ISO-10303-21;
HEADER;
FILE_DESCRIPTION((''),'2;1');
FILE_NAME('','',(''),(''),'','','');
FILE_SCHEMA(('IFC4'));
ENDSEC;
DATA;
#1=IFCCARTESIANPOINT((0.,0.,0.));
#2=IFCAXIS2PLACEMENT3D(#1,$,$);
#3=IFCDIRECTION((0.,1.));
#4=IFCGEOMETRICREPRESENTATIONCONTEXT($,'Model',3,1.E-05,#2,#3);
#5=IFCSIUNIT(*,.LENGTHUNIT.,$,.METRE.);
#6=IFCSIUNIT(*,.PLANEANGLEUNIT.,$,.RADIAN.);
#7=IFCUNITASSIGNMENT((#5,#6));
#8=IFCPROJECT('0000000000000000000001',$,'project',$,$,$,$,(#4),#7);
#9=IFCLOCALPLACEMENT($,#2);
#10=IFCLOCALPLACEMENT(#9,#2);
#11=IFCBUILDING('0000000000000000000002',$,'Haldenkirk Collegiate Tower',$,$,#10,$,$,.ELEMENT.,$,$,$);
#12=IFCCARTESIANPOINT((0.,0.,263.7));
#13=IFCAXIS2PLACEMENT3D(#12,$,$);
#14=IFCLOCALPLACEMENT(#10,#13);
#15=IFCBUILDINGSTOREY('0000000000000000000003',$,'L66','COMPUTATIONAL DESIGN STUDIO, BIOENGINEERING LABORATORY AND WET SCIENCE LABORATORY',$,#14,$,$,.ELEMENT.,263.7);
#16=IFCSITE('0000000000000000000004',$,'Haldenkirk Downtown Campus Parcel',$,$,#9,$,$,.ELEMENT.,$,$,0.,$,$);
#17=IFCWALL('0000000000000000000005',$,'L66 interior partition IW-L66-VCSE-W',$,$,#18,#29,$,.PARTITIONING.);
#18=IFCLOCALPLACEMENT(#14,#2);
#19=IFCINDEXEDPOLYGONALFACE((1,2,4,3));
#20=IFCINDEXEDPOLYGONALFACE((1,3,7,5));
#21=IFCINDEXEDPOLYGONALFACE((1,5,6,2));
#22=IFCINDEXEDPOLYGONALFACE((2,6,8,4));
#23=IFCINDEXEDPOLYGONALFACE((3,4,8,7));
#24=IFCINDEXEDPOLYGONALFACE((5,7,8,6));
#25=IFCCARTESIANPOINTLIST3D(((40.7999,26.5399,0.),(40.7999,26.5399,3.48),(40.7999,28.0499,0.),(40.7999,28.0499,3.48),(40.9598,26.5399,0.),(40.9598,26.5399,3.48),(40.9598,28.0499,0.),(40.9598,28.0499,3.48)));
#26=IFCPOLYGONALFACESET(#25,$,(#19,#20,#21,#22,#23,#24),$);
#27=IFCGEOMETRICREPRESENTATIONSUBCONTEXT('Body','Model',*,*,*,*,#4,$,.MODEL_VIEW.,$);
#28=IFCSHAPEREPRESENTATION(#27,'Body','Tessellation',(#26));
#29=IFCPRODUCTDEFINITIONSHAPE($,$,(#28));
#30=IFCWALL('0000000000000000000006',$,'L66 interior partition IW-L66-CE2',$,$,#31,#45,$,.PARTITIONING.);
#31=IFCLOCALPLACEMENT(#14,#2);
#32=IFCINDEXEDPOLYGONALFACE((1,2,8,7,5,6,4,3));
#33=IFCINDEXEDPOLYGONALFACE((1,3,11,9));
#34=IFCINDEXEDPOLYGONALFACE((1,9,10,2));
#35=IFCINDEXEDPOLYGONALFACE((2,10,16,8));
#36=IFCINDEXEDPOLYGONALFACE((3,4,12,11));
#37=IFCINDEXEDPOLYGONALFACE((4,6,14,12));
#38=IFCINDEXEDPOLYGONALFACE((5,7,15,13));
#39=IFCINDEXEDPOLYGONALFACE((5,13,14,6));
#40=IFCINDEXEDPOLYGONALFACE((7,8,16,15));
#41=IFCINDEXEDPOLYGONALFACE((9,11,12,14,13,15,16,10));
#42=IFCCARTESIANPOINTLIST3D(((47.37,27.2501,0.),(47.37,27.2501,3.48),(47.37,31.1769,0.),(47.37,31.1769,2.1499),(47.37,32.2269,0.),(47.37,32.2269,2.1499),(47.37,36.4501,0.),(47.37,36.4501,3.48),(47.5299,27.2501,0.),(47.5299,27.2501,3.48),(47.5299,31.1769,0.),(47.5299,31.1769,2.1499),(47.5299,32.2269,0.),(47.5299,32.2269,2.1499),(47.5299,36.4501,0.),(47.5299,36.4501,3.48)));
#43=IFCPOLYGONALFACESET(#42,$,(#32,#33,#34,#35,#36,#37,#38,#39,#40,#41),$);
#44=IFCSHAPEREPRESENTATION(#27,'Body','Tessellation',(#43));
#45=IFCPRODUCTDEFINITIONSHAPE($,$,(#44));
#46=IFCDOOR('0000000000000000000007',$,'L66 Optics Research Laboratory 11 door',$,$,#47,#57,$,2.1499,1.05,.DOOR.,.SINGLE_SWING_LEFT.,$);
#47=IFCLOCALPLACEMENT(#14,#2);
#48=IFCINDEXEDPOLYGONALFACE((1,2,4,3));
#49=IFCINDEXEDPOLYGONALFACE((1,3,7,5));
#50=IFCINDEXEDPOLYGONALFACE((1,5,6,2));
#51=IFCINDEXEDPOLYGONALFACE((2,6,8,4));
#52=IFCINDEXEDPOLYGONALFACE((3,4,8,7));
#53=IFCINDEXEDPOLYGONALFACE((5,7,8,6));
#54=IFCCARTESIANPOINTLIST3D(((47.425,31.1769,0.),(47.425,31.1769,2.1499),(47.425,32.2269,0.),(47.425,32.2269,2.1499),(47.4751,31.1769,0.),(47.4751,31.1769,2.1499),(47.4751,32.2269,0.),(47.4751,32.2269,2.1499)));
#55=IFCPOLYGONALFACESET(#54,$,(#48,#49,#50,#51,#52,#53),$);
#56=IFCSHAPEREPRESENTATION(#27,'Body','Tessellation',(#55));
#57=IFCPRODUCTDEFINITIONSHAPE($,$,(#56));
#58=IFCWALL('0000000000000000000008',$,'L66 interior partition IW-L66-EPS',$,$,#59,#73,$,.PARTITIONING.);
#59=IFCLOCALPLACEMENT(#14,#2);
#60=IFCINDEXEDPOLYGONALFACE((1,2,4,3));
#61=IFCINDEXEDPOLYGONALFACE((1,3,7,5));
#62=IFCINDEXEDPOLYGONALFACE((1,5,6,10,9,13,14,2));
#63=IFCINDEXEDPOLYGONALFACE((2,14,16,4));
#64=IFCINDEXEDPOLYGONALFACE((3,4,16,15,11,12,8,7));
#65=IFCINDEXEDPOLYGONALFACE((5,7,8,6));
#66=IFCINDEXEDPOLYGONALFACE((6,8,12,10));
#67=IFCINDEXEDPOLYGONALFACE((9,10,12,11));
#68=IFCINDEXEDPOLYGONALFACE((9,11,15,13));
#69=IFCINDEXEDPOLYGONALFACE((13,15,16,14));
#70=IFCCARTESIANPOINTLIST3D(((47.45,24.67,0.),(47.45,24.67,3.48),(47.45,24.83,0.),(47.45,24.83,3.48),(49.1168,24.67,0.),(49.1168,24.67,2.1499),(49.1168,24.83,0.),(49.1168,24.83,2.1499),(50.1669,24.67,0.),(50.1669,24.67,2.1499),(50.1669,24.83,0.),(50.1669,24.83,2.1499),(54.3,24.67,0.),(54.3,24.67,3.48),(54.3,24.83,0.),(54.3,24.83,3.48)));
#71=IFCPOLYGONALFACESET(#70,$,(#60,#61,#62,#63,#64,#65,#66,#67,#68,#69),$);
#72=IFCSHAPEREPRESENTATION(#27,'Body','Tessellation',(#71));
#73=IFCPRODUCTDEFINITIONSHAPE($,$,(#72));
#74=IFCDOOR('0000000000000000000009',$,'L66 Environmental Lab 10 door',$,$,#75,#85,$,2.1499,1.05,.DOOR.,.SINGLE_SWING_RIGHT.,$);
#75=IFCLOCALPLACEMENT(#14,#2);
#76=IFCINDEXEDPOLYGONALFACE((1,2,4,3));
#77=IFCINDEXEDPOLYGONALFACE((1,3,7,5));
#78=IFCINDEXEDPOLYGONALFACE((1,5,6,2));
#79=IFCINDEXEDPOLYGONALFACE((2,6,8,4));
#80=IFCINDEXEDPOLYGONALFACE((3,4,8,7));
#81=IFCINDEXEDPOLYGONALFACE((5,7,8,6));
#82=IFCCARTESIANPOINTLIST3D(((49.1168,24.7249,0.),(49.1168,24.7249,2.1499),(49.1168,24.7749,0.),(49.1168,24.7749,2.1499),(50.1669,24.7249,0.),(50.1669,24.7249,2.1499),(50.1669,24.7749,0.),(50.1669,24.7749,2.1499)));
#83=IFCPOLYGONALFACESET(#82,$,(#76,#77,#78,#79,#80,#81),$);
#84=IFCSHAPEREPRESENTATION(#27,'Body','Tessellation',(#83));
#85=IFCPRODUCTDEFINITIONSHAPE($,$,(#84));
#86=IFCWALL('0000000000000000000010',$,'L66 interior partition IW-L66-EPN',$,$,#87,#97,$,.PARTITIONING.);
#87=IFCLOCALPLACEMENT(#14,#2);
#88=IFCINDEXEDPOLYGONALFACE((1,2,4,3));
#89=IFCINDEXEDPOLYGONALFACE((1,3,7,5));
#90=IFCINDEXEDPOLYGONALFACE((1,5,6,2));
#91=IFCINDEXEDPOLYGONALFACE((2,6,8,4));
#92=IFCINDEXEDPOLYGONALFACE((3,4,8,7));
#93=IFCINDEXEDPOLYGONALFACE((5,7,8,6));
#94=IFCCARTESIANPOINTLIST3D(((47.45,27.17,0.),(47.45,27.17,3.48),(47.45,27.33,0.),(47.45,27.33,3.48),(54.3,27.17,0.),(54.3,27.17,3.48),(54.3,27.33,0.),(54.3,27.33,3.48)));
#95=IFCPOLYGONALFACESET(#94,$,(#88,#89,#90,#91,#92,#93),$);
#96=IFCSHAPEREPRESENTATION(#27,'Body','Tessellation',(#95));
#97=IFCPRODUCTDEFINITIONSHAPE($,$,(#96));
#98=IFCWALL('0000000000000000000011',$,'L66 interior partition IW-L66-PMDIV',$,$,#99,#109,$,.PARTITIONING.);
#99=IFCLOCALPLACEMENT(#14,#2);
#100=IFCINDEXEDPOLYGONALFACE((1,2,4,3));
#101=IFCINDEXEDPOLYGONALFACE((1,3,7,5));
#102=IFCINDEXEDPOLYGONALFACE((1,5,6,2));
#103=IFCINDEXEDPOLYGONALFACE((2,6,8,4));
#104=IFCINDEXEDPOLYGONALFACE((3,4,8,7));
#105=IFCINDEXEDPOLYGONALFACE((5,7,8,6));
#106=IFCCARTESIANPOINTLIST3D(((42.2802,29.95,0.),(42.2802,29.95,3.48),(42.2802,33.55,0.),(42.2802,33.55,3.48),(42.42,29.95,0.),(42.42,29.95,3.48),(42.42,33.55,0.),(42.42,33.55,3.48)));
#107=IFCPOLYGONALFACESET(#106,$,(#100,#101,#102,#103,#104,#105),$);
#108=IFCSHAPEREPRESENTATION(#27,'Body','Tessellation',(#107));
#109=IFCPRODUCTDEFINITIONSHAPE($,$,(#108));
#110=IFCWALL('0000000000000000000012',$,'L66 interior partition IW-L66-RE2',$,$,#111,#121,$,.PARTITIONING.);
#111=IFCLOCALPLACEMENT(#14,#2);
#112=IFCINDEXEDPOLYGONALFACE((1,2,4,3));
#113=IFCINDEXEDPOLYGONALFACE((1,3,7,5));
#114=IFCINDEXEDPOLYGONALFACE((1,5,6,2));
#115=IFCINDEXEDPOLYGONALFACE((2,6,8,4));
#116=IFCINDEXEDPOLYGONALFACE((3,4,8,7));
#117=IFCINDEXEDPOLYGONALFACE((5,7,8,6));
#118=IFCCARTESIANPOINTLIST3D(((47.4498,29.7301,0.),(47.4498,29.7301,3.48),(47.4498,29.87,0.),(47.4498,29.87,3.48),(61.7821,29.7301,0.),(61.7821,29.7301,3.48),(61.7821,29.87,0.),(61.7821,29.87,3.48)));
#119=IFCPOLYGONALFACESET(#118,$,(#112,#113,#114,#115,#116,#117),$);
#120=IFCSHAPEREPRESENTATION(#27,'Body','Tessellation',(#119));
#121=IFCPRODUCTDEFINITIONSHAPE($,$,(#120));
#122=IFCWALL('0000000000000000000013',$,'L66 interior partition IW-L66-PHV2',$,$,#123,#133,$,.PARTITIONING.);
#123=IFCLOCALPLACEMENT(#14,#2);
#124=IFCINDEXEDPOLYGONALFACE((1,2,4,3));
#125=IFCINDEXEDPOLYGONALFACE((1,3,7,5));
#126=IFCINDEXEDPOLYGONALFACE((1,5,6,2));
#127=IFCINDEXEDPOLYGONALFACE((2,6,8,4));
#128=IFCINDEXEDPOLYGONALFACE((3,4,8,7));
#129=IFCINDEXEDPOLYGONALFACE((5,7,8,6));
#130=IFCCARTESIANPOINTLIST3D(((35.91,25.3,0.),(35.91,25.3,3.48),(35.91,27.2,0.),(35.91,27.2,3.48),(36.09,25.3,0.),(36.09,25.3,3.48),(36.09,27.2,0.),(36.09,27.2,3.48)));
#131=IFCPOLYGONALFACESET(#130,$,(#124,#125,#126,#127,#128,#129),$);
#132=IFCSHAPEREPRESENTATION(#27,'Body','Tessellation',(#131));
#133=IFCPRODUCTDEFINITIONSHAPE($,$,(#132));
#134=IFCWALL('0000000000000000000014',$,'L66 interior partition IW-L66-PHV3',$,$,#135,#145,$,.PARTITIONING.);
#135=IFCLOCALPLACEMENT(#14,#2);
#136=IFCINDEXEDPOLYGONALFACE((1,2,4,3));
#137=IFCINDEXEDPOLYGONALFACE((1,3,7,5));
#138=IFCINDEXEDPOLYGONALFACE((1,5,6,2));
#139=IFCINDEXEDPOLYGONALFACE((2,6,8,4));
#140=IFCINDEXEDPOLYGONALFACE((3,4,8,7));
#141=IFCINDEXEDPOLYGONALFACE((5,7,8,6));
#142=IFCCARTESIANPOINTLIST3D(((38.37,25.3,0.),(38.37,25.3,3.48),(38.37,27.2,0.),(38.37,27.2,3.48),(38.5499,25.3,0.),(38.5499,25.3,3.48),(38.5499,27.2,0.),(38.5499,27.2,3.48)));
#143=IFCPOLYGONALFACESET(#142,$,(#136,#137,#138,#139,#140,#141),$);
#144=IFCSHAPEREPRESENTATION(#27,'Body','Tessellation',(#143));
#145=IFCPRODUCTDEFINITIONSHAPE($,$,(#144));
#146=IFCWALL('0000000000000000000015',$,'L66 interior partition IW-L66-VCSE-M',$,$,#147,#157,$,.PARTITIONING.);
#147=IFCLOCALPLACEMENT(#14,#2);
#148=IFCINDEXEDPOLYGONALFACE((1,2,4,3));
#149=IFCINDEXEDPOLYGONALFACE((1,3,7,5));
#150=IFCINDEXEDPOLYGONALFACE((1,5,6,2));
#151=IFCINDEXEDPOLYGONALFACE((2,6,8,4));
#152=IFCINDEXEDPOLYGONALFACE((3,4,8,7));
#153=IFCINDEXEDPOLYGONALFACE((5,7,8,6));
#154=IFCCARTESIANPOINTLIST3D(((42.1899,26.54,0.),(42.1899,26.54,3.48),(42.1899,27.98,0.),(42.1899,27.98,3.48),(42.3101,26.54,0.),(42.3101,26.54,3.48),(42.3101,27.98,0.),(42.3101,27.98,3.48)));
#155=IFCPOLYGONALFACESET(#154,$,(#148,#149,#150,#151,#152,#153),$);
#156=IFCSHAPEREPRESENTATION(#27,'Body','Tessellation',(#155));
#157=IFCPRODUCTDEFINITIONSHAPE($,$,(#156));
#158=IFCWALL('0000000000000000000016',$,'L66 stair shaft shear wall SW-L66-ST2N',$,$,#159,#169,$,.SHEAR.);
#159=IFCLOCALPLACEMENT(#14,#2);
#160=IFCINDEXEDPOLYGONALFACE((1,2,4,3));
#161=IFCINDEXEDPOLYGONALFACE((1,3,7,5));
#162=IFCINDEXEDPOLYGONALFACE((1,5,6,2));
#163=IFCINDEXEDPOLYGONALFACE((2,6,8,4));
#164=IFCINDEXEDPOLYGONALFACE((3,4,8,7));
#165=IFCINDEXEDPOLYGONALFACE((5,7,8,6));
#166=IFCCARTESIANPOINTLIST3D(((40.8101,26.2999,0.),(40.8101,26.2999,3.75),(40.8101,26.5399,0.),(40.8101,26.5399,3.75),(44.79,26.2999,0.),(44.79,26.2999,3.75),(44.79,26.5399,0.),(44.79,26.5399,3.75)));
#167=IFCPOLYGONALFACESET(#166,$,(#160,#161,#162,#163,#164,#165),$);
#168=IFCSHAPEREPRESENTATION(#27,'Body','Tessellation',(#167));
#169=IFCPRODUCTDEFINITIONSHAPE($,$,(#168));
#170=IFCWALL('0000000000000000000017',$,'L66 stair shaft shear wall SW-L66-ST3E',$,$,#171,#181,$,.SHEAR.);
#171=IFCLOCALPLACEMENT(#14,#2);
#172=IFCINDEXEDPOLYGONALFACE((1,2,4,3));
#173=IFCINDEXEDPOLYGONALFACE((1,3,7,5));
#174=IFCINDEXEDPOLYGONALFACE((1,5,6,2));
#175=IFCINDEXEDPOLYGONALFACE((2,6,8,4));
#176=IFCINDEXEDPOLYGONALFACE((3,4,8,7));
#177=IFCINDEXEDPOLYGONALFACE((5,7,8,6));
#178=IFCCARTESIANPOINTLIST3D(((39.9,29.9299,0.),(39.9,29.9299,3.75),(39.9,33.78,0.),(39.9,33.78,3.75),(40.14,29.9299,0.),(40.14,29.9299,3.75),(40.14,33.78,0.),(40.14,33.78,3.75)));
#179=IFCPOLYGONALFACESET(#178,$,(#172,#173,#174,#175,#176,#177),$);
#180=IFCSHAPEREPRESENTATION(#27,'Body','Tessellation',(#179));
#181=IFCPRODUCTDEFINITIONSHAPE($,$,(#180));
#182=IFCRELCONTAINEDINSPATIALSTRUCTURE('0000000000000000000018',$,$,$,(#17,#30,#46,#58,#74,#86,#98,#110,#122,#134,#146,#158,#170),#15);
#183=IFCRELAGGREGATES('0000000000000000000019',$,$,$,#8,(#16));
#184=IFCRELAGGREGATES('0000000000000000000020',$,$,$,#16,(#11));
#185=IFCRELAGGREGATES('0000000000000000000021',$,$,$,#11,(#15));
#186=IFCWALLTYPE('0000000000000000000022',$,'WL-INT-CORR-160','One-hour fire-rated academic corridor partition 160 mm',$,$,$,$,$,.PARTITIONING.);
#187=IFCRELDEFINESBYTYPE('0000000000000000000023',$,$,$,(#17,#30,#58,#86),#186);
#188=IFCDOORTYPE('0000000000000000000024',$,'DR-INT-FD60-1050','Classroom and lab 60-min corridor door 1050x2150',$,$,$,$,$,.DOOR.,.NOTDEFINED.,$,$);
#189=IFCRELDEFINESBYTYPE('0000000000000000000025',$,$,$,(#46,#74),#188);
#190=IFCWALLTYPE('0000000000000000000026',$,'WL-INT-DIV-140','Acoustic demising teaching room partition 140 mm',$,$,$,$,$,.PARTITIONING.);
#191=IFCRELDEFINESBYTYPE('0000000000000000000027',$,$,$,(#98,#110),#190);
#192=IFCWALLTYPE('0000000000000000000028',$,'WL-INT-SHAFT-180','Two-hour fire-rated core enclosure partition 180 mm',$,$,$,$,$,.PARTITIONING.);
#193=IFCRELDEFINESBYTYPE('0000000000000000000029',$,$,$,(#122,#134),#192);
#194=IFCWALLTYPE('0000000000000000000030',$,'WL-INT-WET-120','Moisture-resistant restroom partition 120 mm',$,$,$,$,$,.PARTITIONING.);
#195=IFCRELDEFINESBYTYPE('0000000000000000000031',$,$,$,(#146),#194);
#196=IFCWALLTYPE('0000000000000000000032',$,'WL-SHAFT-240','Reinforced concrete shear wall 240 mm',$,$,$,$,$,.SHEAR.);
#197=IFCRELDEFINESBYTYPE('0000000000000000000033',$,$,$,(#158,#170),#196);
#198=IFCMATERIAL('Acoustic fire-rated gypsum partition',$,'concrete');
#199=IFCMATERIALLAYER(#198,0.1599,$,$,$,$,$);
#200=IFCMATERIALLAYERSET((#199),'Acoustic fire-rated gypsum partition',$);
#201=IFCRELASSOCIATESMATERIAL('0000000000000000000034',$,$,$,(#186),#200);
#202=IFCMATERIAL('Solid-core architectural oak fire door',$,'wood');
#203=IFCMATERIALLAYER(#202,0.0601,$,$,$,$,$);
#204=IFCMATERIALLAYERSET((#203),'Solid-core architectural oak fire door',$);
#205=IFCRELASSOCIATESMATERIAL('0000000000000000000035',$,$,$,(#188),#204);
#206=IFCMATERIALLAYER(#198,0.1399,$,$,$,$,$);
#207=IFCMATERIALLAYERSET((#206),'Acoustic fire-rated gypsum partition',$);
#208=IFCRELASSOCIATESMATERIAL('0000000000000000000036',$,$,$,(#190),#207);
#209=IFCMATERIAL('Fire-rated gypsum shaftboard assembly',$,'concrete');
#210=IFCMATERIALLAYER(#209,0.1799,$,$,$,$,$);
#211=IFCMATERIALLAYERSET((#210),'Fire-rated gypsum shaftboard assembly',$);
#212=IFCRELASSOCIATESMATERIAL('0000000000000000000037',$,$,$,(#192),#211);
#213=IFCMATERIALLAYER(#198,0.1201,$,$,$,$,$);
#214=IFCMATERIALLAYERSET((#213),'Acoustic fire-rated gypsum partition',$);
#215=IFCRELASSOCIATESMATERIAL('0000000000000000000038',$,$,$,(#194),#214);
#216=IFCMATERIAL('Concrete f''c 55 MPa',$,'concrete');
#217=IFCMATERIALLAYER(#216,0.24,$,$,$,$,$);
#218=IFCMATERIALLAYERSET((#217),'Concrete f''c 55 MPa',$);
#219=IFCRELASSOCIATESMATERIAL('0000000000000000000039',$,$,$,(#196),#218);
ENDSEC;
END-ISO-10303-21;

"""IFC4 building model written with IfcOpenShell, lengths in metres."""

from ifc_helpers import new_model, si_unit, direction, frame, frame_2d, origin, place, context, subcontext, project, spatial, rectangle, extrude, material, layer, layer_set, type_object, element, fill, save


model = new_model("IFC4")

# Units and contexts
model_context = context("Model", 3, precision=1e-05, world=origin(), true_north=direction((0.0, 1.0)))
body_context = subcontext(model_context, "Body", "Model", "MODEL_VIEW")
ifc_project = project(units=[si_unit("LENGTHUNIT", "METRE"), si_unit("PLANEANGLEUNIT", "RADIAN")], contexts=[model_context])

# Site, building, storey
site_placement = place(None, origin())
site = spatial("IfcSite", under=ifc_project, at=site_placement, Name="Haldenkirk Downtown Campus Parcel", CompositionType="ELEMENT", RefElevation=0.0)
building_placement = place(site_placement, origin())
building = spatial("IfcBuilding", under=site, at=building_placement, Name="Haldenkirk Collegiate Tower", CompositionType="ELEMENT")
storey_placement = place(building_placement, frame((0.0, 0.0, 263.7)))
storey = spatial("IfcBuildingStorey", under=building, at=storey_placement, Name="L66", Description="COMPUTATIONAL DESIGN STUDIO, BIOENGINEERING LABORATORY AND WET SCIENCE LABORATORY", CompositionType="ELEMENT", Elevation=263.7)

# Shared definitions
ifc_material_1 = material(Name="Acoustic fire-rated gypsum partition", Category="concrete")
ifc_layer_1 = layer(ifc_material_1, 0.1599)
ifc_layer_set_1 = layer_set([ifc_layer_1], Name="Acoustic fire-rated gypsum partition")
wall_type_1 = type_object("IfcWallType", Name="WL-INT-CORR-160", Description="One-hour fire-rated academic corridor partition 160 mm", PredefinedType="PARTITIONING", material=ifc_layer_set_1)
ifc_material_2 = material(Name="Solid-core architectural oak fire door", Category="wood")

# Wall
wall_1_placement = place(storey_placement, frame((40.8799, 26.54, 0.0), z_axis=(0.0, 0.0, 1.0), x_axis=(0.0, 1.0, 0.0)))
element("IfcWall", 1, at=wall_1_placement, inside=storey, type_object=wall_type_1, Name="L66 interior partition IW-L66-VCSE-W", PredefinedType="PARTITIONING", context=body_context, shape_type="SweptSolid", body=[
    extrude(rectangle(XDim=1.51, YDim=0.1599, at=frame_2d((0.7549, 0.0))), origin(), (0.0, 0.0, 1.0), 3.48),
])

# Walls, openings, doors
wall_2_placement = place(storey_placement, frame((47.45, 27.25, 0.0), z_axis=(0.0, 0.0, 1.0), x_axis=(0.0, 1.0, 0.0)))
wall_2 = element("IfcWall", 2, at=wall_2_placement, inside=storey, type_object=wall_type_1, Name="L66 interior partition IW-L66-CE2", PredefinedType="PARTITIONING", context=body_context, shape_type="SweptSolid", body=[
    extrude(rectangle(XDim=9.2, YDim=0.1599, at=frame_2d((4.6001, 0.0))), origin(), (0.0, 0.0, 1.0), 3.48),
])
opening_1_placement = place(wall_2_placement, frame((3.927, 0.0, 0.0)))
opening_1 = element("IfcOpeningElement", 3, at=opening_1_placement, cuts=wall_2, PredefinedType="OPENING", context=body_context, shape_type="SweptSolid", body=[
    extrude(rectangle(XDim=1.05, YDim=2.1499, at=frame_2d((0.5249, 1.075))), frame((0.0, 0.0898, 0.0), z_axis=(0.0, -1.0, 0.0), x_axis=(1.0, 0.0, 0.0)), (0.0, 0.0, 1.0), 0.1799),
])
ifc_layer_2 = layer(ifc_material_2, 0.0601)
ifc_layer_set_2 = layer_set([ifc_layer_2], Name="Solid-core architectural oak fire door")
door_type_1 = type_object("IfcDoorType", Name="DR-INT-FD60-1050", Description="Classroom and lab 60-min corridor door 1050x2150", OperationType="NOTDEFINED", PredefinedType="DOOR", material=ifc_layer_set_2)
door_1_placement = place(opening_1_placement, origin())
door_1 = element("IfcDoor", 4, at=door_1_placement, inside=storey, type_object=door_type_1, Name="L66 Optics Research Laboratory 11 door", OperationType="SINGLE_SWING_LEFT", OverallHeight=2.1499, OverallWidth=1.05, PredefinedType="DOOR", context=body_context, shape_type="SweptSolid", body=[
    extrude(rectangle(XDim=1.05, YDim=2.1499, at=frame_2d((0.5249, 1.075))), frame((0.0, 0.0249, 0.0), z_axis=(0.0, -1.0, 0.0), x_axis=(1.0, 0.0, 0.0)), (0.0, 0.0, 1.0), 0.05),
])
fill(opening_1, door_1)
wall_3_placement = place(storey_placement, frame((47.45, 24.75, 0.0), z_axis=(0.0, 0.0, 1.0), x_axis=(1.0, 0.0, 0.0)))
wall_3 = element("IfcWall", 5, at=wall_3_placement, inside=storey, type_object=wall_type_1, Name="L66 interior partition IW-L66-EPS", PredefinedType="PARTITIONING", context=body_context, shape_type="SweptSolid", body=[
    extrude(rectangle(XDim=6.8501, YDim=0.1599, at=frame_2d((3.425, 0.0))), origin(), (0.0, 0.0, 1.0), 3.48),
])
opening_2_placement = place(wall_3_placement, frame((1.667, 0.0, 0.0)))
opening_2 = element("IfcOpeningElement", 6, at=opening_2_placement, cuts=wall_3, PredefinedType="OPENING", context=body_context, shape_type="SweptSolid", body=[
    extrude(rectangle(XDim=1.05, YDim=2.1499, at=frame_2d((0.5249, 1.075))), frame((0.0, 0.0898, 0.0), z_axis=(0.0, -1.0, 0.0), x_axis=(1.0, 0.0, 0.0)), (0.0, 0.0, 1.0), 0.1799),
])
door_2_placement = place(opening_2_placement, origin())
door_2 = element("IfcDoor", 7, at=door_2_placement, inside=storey, type_object=door_type_1, Name="L66 Environmental Lab 10 door", OperationType="SINGLE_SWING_RIGHT", OverallHeight=2.1499, OverallWidth=1.05, PredefinedType="DOOR", context=body_context, shape_type="SweptSolid", body=[
    extrude(rectangle(XDim=1.05, YDim=2.1499, at=frame_2d((0.5249, 1.075))), frame((0.0, 0.0249, 0.0), z_axis=(0.0, -1.0, 0.0), x_axis=(1.0, 0.0, 0.0)), (0.0, 0.0, 1.0), 0.05),
])
fill(opening_2, door_2)

# Walls
wall_4_placement = place(storey_placement, frame((47.45, 27.25, 0.0), z_axis=(0.0, 0.0, 1.0), x_axis=(1.0, 0.0, 0.0)))
element("IfcWall", 8, at=wall_4_placement, inside=storey, type_object=wall_type_1, Name="L66 interior partition IW-L66-EPN", PredefinedType="PARTITIONING", context=body_context, shape_type="SweptSolid", body=[
    extrude(rectangle(XDim=6.8501, YDim=0.1599, at=frame_2d((3.425, 0.0))), origin(), (0.0, 0.0, 1.0), 3.48),
])
ifc_layer_3 = layer(ifc_material_1, 0.1399)
ifc_layer_set_3 = layer_set([ifc_layer_3], Name="Acoustic fire-rated gypsum partition")
wall_type_2 = type_object("IfcWallType", Name="WL-INT-DIV-140", Description="Acoustic demising teaching room partition 140 mm", PredefinedType="PARTITIONING", material=ifc_layer_set_3)
wall_5_placement = place(storey_placement, frame((42.3501, 29.95, 0.0), z_axis=(0.0, 0.0, 1.0), x_axis=(0.0, 1.0, 0.0)))
element("IfcWall", 9, at=wall_5_placement, inside=storey, type_object=wall_type_2, Name="L66 interior partition IW-L66-PMDIV", PredefinedType="PARTITIONING", context=body_context, shape_type="SweptSolid", body=[
    extrude(rectangle(XDim=3.6001, YDim=0.1399, at=frame_2d((1.8, 0.0))), origin(), (0.0, 0.0, 1.0), 3.48),
])
wall_6_placement = place(storey_placement, frame((47.45, 29.8, 0.0), z_axis=(0.0, 0.0, 1.0), x_axis=(1.0, 0.0, 0.0)))
element("IfcWall", 10, at=wall_6_placement, inside=storey, type_object=wall_type_2, Name="L66 interior partition IW-L66-RE2", PredefinedType="PARTITIONING", context=body_context, shape_type="SweptSolid", body=[
    extrude(rectangle(XDim=14.3323, YDim=0.1399, at=frame_2d((7.166, 0.0))), origin(), (0.0, 0.0, 1.0), 3.48),
])
ifc_material_3 = material(Name="Fire-rated gypsum shaftboard assembly", Category="concrete")
ifc_layer_4 = layer(ifc_material_3, 0.1799)
ifc_layer_set_4 = layer_set([ifc_layer_4], Name="Fire-rated gypsum shaftboard assembly")
wall_type_3 = type_object("IfcWallType", Name="WL-INT-SHAFT-180", Description="Two-hour fire-rated core enclosure partition 180 mm", PredefinedType="PARTITIONING", material=ifc_layer_set_4)
for number, where, z_axis, x_axis, name in (
    (11, (36.0, 25.3, 0.0), (0.0, 0.0, 1.0), (0.0, 1.0, 0.0), "L66 interior partition IW-L66-PHV2"),
    (12, (38.46, 25.3, 0.0), (0.0, 0.0, 1.0), (0.0, 1.0, 0.0), "L66 interior partition IW-L66-PHV3"),
):
    element("IfcWall", number, at=place(storey_placement, frame(where, z_axis=z_axis, x_axis=x_axis)), inside=storey, type_object=wall_type_3, Name=name, PredefinedType="PARTITIONING", context=body_context, shape_type="SweptSolid", body=[
        extrude(rectangle(XDim=1.8999, YDim=0.1799, at=frame_2d((0.95, 0.0))), origin(), (0.0, 0.0, 1.0), 3.48),
    ])
ifc_layer_5 = layer(ifc_material_1, 0.1201)
ifc_layer_set_5 = layer_set([ifc_layer_5], Name="Acoustic fire-rated gypsum partition")
wall_type_4 = type_object("IfcWallType", Name="WL-INT-WET-120", Description="Moisture-resistant restroom partition 120 mm", PredefinedType="PARTITIONING", material=ifc_layer_set_5)
wall_7_placement = place(storey_placement, frame((42.25, 26.54, 0.0), z_axis=(0.0, 0.0, 1.0), x_axis=(0.0, 1.0, 0.0)))
element("IfcWall", 13, at=wall_7_placement, inside=storey, type_object=wall_type_4, Name="L66 interior partition IW-L66-VCSE-M", PredefinedType="PARTITIONING", context=body_context, shape_type="SweptSolid", body=[
    extrude(rectangle(XDim=1.4399, YDim=0.1201, at=frame_2d((0.72, 0.0))), origin(), (0.0, 0.0, 1.0), 3.48),
])
ifc_material_4 = material(Name="Concrete f'c 55 MPa", Category="concrete")
ifc_layer_6 = layer(ifc_material_4, 0.24)
ifc_layer_set_6 = layer_set([ifc_layer_6], Name="Concrete f'c 55 MPa")
wall_type_5 = type_object("IfcWallType", Name="WL-SHAFT-240", Description="Reinforced concrete shear wall 240 mm", PredefinedType="SHEAR", material=ifc_layer_set_6)
wall_8_placement = place(storey_placement, frame((40.8101, 26.4199, 0.0), z_axis=(0.0, 0.0, 1.0), x_axis=(1.0, 0.0, 0.0)))
element("IfcWall", 14, at=wall_8_placement, inside=storey, type_object=wall_type_5, Name="L66 stair shaft shear wall SW-L66-ST2N", PredefinedType="SHEAR", context=body_context, shape_type="SweptSolid", body=[
    extrude(rectangle(XDim=3.98, YDim=0.24, at=frame_2d((1.99, 0.0))), origin(), (0.0, 0.0, 1.0), 3.75),
])
wall_9_placement = place(storey_placement, frame((40.02, 29.9299, 0.0), z_axis=(0.0, 0.0, 1.0), x_axis=(0.0, 1.0, 0.0)))
element("IfcWall", 15, at=wall_9_placement, inside=storey, type_object=wall_type_5, Name="L66 stair shaft shear wall SW-L66-ST3E", PredefinedType="SHEAR", context=body_context, shape_type="SweptSolid", body=[
    extrude(rectangle(XDim=3.8501, YDim=0.24, at=frame_2d((1.925, 0.0))), origin(), (0.0, 0.0, 1.0), 3.75),
])

save(model, "model.ifc")
